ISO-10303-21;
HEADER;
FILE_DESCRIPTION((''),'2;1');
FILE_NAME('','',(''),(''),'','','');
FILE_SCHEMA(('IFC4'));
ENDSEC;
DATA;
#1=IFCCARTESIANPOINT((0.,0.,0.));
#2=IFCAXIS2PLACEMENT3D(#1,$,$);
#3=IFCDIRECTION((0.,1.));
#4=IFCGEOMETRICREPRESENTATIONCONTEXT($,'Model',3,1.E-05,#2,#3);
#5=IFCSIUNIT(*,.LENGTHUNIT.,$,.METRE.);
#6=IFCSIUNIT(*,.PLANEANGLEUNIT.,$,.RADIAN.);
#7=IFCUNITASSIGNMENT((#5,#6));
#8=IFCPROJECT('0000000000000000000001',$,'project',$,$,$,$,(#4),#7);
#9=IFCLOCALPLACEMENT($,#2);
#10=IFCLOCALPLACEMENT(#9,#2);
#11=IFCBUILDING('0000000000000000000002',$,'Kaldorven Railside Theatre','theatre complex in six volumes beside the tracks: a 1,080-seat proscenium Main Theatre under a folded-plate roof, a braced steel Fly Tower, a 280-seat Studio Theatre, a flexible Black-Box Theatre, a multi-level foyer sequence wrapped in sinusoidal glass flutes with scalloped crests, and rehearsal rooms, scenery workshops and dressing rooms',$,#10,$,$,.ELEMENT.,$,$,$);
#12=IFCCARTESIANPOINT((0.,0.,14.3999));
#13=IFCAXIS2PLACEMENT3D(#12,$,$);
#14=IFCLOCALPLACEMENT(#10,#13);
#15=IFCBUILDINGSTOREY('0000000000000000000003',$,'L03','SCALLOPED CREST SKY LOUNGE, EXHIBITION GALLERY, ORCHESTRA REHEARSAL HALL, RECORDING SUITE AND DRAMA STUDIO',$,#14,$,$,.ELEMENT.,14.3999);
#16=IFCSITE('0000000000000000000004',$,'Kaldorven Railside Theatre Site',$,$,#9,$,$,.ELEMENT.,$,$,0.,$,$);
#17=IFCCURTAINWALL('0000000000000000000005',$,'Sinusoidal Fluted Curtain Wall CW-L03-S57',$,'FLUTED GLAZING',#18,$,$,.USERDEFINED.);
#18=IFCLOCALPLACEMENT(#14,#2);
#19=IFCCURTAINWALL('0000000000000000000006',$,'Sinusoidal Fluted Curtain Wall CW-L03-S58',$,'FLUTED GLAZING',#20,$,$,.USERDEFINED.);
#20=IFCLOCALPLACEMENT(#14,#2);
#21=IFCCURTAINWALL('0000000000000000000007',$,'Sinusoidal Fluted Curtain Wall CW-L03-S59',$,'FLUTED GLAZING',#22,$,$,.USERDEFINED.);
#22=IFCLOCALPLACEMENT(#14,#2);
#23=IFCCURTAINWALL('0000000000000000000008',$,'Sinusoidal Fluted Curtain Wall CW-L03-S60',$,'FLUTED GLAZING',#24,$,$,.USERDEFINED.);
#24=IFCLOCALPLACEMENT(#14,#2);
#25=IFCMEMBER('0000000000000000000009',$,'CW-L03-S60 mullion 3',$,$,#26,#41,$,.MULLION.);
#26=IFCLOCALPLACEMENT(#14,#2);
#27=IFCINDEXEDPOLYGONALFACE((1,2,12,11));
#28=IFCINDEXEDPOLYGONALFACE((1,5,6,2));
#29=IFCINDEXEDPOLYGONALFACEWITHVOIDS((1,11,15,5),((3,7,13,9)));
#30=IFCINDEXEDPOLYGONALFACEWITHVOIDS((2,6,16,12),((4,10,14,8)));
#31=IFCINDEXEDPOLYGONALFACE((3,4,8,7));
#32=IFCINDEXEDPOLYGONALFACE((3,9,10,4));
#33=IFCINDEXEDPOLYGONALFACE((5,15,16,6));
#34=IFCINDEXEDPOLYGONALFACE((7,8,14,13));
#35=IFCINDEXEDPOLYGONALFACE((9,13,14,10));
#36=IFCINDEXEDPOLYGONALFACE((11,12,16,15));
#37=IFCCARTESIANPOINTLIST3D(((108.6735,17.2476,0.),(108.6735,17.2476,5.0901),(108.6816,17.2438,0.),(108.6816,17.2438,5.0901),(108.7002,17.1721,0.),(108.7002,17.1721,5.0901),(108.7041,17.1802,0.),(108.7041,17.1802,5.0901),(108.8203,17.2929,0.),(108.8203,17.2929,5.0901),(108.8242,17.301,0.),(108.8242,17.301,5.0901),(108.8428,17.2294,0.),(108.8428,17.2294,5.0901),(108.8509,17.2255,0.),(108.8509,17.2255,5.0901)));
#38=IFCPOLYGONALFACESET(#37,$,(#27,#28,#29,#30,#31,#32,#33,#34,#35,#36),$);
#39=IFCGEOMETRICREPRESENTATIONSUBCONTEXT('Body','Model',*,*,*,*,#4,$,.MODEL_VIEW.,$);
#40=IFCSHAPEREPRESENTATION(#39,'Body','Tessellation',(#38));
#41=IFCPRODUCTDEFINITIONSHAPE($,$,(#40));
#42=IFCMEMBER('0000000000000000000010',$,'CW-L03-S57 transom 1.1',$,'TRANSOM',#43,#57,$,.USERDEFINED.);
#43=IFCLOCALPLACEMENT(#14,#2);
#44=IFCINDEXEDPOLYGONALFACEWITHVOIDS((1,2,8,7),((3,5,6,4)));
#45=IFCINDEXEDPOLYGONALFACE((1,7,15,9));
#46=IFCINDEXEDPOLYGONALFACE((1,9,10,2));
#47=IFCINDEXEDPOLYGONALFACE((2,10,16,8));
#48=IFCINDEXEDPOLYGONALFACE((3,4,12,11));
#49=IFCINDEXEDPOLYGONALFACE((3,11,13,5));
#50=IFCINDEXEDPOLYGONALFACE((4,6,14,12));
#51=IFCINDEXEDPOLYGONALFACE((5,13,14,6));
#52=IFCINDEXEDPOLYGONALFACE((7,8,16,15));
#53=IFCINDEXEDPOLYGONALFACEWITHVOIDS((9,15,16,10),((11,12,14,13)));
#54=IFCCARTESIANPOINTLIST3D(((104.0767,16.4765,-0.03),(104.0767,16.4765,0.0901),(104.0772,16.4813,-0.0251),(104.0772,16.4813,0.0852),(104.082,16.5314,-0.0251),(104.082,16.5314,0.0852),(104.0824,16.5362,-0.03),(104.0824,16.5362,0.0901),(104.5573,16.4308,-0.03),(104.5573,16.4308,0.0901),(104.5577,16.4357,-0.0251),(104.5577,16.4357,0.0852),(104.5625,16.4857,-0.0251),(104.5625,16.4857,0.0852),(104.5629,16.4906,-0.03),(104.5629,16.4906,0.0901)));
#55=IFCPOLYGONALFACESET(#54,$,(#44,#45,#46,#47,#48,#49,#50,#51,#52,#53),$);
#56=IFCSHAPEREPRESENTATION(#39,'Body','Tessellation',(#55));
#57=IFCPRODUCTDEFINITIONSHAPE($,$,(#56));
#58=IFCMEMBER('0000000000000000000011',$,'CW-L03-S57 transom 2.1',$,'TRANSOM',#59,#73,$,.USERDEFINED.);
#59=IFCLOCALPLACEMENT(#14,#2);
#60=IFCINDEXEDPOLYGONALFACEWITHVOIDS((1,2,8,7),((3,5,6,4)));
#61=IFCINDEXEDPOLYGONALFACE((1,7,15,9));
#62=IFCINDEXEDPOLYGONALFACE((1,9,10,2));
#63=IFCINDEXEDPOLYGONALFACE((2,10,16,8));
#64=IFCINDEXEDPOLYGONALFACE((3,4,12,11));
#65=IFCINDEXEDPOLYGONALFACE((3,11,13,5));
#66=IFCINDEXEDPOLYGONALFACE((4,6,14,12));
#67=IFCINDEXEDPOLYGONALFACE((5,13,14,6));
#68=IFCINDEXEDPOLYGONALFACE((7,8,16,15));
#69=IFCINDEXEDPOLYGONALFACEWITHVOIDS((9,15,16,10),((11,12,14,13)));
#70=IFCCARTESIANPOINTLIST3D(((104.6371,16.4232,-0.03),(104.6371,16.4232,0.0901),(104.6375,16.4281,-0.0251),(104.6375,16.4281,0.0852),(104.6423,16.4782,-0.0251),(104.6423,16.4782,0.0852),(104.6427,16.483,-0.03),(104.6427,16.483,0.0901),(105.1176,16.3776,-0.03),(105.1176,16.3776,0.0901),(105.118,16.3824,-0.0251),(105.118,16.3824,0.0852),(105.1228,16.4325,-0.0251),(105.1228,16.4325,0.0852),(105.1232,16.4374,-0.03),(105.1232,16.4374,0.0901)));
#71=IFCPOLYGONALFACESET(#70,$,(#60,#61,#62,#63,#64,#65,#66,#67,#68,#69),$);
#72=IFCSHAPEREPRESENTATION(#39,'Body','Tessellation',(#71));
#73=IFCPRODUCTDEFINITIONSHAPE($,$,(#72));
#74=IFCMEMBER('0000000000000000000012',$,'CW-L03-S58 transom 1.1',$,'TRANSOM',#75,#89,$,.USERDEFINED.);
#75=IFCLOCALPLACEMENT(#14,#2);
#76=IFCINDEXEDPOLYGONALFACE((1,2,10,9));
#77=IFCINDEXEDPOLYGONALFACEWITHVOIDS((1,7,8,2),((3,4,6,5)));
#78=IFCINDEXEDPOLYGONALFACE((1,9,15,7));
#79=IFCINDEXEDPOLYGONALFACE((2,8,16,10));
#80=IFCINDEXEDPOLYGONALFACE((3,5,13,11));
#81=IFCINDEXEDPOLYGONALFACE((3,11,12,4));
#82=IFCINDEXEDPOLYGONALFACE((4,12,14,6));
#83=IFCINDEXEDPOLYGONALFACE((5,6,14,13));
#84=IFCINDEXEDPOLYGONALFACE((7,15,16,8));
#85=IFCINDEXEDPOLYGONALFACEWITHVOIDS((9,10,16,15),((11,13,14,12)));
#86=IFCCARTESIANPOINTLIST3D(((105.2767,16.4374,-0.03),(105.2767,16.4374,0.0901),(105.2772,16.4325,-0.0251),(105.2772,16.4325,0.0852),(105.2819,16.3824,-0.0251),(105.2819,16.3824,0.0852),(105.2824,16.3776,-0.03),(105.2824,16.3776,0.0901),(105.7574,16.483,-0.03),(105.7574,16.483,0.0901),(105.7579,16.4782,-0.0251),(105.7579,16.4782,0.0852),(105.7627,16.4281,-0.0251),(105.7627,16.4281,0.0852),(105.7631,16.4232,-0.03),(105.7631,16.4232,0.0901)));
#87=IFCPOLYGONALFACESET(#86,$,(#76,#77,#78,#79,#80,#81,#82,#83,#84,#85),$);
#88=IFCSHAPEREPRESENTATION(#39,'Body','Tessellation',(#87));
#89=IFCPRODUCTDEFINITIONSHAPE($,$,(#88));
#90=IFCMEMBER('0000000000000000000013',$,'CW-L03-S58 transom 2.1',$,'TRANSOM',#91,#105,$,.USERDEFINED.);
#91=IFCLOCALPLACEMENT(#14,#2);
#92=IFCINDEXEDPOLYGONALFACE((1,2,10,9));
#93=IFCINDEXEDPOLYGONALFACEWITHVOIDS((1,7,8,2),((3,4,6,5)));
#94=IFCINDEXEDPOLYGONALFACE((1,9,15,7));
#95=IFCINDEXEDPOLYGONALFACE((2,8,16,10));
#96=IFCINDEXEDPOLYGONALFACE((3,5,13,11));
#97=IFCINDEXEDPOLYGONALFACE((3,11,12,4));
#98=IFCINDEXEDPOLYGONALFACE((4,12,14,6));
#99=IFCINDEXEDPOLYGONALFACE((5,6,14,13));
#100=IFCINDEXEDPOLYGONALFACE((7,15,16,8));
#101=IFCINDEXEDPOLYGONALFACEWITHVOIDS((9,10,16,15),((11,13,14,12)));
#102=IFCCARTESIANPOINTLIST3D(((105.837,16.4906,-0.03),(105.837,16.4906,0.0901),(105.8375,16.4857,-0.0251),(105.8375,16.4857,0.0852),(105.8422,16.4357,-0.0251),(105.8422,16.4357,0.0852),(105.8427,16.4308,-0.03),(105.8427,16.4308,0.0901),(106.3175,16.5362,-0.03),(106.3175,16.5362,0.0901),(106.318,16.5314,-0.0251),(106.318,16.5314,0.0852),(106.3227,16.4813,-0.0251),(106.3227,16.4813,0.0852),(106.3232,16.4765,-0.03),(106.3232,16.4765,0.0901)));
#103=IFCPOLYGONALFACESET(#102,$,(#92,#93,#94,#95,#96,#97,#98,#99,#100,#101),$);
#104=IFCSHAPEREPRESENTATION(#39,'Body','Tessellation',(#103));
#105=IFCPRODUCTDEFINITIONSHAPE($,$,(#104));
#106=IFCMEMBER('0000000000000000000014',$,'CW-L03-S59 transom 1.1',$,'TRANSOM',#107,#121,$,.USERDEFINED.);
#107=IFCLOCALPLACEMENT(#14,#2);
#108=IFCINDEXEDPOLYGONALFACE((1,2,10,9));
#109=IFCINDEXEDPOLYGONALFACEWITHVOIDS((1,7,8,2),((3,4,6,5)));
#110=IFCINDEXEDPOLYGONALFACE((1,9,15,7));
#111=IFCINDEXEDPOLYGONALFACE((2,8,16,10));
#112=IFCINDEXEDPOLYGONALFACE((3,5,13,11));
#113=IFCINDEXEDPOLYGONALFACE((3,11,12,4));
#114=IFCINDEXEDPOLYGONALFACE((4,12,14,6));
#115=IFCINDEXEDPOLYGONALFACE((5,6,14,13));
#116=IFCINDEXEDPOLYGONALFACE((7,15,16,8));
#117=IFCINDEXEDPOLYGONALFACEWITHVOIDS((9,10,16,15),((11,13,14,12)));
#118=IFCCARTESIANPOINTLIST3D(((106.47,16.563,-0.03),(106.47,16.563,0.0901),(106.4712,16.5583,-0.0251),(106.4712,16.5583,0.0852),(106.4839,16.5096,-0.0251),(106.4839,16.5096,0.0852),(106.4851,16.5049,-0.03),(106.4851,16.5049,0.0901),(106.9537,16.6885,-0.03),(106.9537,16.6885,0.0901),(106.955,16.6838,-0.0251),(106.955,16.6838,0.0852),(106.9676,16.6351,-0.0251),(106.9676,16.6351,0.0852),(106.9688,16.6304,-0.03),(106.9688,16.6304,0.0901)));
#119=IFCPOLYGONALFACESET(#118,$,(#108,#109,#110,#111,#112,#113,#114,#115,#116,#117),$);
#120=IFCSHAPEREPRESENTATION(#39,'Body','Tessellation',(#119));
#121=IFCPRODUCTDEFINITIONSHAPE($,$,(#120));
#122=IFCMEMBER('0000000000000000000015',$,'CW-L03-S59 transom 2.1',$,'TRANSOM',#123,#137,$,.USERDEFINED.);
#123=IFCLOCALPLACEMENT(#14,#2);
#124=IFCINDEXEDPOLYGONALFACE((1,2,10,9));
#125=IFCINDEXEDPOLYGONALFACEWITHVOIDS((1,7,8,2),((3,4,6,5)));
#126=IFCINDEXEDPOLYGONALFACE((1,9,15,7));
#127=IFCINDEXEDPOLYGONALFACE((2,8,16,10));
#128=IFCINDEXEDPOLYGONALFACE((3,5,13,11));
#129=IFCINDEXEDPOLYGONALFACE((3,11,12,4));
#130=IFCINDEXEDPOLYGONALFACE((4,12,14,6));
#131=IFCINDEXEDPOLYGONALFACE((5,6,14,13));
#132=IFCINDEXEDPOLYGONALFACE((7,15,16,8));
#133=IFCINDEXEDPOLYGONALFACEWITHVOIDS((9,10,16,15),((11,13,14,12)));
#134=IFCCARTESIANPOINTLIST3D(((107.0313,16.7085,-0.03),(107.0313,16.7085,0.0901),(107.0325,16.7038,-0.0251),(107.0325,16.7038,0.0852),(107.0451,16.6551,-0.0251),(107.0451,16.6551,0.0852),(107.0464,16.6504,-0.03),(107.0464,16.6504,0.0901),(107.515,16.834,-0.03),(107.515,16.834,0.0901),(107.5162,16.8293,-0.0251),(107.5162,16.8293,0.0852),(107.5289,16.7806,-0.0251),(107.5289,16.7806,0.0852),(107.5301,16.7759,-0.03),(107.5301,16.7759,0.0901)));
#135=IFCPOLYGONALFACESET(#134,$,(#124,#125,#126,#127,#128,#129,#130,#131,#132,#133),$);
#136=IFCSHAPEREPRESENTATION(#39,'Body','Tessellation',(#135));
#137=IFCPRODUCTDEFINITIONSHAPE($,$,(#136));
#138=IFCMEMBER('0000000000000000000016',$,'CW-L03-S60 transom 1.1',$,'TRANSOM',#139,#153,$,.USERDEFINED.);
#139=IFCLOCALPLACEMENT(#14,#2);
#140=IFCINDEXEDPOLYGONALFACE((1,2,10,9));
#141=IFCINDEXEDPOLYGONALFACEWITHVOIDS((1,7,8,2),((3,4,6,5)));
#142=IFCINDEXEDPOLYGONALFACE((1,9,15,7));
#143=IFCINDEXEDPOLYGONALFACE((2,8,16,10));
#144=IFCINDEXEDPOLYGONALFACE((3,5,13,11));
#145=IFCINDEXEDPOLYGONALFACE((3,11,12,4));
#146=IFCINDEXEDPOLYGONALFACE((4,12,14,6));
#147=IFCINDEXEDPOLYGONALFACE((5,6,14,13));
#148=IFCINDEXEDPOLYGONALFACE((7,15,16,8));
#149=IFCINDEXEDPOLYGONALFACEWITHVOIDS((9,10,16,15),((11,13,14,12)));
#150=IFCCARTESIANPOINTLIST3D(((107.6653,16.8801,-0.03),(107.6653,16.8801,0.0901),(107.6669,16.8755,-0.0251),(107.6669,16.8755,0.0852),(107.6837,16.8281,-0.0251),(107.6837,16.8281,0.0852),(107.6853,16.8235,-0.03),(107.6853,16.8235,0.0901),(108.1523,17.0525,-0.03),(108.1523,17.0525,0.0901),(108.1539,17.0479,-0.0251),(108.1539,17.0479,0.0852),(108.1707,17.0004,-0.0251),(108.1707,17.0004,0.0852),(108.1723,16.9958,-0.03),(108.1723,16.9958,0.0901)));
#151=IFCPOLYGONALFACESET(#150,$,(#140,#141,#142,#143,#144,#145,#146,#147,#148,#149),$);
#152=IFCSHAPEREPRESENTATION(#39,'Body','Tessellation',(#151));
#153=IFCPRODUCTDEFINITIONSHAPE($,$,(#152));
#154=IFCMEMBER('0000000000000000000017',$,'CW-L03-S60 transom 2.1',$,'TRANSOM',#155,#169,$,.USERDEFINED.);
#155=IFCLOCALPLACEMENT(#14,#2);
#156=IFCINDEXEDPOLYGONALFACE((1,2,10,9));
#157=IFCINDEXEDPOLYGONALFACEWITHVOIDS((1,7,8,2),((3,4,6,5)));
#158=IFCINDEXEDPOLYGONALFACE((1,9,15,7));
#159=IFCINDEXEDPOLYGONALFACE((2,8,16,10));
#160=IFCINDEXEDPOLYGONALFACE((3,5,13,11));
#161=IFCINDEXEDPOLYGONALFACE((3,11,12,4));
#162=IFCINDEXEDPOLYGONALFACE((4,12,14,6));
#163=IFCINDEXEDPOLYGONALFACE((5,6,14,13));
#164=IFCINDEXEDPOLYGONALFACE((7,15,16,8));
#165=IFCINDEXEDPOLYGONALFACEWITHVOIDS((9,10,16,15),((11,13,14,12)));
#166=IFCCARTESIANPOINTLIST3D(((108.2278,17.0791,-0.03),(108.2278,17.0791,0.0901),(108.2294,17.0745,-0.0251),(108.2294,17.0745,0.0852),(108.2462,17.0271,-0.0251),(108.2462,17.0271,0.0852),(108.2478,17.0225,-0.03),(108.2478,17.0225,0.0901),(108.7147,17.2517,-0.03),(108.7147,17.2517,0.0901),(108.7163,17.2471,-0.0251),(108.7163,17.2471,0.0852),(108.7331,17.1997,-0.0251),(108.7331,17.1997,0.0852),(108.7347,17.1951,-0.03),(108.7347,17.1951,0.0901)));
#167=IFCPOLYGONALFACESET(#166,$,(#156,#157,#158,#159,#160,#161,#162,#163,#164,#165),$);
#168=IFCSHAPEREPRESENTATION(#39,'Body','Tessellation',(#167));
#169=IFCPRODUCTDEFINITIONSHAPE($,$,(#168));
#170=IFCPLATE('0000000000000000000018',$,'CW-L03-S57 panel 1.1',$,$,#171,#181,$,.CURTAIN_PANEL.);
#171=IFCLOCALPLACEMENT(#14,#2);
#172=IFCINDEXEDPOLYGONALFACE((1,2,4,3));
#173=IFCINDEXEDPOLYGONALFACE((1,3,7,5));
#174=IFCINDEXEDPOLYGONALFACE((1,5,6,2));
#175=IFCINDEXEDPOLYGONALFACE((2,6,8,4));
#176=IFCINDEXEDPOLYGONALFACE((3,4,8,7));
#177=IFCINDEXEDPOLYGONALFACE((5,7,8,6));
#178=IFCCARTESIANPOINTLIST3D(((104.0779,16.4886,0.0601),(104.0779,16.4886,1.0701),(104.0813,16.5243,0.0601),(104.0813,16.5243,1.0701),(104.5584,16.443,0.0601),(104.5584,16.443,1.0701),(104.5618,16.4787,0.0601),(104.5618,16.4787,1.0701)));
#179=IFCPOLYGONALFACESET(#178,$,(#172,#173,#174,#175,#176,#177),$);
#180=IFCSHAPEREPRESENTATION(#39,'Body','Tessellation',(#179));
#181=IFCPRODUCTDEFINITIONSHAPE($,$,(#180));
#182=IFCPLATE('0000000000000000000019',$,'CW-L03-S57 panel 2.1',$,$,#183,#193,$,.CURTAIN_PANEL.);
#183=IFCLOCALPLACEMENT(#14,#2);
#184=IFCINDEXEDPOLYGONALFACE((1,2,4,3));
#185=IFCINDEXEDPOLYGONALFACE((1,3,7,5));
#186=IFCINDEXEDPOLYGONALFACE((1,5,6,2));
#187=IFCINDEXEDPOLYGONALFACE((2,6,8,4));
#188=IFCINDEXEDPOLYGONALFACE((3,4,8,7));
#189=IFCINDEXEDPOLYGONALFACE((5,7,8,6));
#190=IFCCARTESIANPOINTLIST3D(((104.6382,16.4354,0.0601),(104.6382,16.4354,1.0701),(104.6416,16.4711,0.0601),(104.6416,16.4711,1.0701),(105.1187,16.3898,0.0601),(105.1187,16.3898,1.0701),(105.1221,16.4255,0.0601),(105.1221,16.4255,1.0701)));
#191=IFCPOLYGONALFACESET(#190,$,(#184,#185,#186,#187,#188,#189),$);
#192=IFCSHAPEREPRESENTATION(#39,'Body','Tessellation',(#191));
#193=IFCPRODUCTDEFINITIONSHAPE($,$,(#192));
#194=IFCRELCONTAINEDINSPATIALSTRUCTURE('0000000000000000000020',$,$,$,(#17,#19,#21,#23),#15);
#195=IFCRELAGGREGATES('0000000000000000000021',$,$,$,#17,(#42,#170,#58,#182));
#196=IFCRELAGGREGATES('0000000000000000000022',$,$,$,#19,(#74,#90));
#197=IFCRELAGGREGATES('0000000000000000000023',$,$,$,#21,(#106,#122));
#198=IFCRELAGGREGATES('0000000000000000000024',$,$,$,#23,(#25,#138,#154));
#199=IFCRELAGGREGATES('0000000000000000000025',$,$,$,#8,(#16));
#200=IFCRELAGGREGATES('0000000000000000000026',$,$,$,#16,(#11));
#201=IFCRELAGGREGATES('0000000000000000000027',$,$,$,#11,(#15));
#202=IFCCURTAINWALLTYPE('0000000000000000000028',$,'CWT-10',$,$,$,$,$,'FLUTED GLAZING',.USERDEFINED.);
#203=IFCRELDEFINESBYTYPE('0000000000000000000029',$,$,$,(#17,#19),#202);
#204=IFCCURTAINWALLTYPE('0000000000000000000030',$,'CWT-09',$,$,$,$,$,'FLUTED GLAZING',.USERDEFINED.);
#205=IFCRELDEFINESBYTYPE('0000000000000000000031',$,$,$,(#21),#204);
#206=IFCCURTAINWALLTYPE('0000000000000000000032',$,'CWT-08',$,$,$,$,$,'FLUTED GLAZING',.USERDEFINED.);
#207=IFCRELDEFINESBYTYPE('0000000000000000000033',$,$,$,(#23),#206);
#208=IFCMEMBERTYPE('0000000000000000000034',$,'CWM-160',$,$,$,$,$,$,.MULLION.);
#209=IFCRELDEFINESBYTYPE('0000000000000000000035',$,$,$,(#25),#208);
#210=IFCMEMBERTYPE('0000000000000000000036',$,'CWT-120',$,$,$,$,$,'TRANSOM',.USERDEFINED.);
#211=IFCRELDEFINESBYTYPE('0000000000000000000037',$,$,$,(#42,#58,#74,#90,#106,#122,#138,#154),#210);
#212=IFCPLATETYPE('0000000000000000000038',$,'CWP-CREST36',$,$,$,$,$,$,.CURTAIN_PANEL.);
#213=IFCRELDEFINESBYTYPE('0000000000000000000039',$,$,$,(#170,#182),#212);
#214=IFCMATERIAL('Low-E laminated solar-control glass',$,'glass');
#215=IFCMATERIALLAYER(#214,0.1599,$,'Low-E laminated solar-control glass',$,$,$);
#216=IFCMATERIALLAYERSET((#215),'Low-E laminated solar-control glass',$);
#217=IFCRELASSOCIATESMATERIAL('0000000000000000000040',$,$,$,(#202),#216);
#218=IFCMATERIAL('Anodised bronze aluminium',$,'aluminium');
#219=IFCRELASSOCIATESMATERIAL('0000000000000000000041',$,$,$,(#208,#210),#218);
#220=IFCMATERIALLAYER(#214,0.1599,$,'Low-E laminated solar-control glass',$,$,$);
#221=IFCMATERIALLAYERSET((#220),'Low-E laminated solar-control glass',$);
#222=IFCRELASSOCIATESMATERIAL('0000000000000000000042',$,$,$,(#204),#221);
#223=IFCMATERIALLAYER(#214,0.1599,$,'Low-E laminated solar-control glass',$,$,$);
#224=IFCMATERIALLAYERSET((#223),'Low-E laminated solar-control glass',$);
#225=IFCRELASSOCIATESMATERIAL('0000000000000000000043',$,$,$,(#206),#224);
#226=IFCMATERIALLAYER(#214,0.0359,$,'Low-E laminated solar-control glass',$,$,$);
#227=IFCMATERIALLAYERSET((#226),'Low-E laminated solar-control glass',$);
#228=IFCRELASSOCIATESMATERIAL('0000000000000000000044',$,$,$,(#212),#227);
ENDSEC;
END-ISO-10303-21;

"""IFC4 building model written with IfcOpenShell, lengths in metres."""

from ifc_helpers import new_model, si_unit, direction, frame, origin, origin_2d, place, context, subcontext, project, spatial, rectangle, hollow_rectangle, extrude, material, layer, layer_set, material_profile, profile_set, type_object, element, aggregate, save


model = new_model("IFC4")

# Units and contexts
model_context = context("Model", 3, precision=1e-05, world=origin(), true_north=direction((0.0, 1.0)))
body_context = subcontext(model_context, "Body", "Model", "MODEL_VIEW")
ifc_project = project(units=[si_unit("LENGTHUNIT", "METRE"), si_unit("PLANEANGLEUNIT", "RADIAN")], contexts=[model_context])

# Site, building, storey
site_placement = place(None, origin())
site = spatial("IfcSite", under=ifc_project, at=site_placement, Name="Kaldorven Railside Theatre Site", CompositionType="ELEMENT", RefElevation=0.0)
building_placement = place(site_placement, origin())
building = spatial("IfcBuilding", under=site, at=building_placement, Name="Kaldorven Railside Theatre", Description="theatre complex in six volumes beside the tracks: a 1,080-seat proscenium Main Theatre under a folded-plate roof, a braced steel Fly Tower, a 280-seat Studio Theatre, a flexible Black-Box Theatre, a multi-level foyer sequence wrapped in sinusoidal glass flutes with scalloped crests, and rehearsal rooms, scenery workshops and dressing rooms", CompositionType="ELEMENT")
storey_placement = place(building_placement, frame((0.0, 0.0, 14.3999)))
storey = spatial("IfcBuildingStorey", under=building, at=storey_placement, Name="L03", Description="SCALLOPED CREST SKY LOUNGE, EXHIBITION GALLERY, ORCHESTRA REHEARSAL HALL, RECORDING SUITE AND DRAMA STUDIO", CompositionType="ELEMENT", Elevation=14.3999)

# Curtain walls, member
ifc_material_1 = material(Name="Low-E laminated solar-control glass", Category="glass")
ifc_layer_1 = layer(ifc_material_1, 0.1599, Name="Low-E laminated solar-control glass")
ifc_layer_set_1 = layer_set([ifc_layer_1], Name="Low-E laminated solar-control glass")
curtain_wall_type_1 = type_object("IfcCurtainWallType", Name="CWT-10", ElementType="FLUTED GLAZING", PredefinedType="USERDEFINED", material=ifc_layer_set_1)
curtain_wall_1_placement = place(storey_placement, origin())
curtain_wall_1 = element("IfcCurtainWall", 1, at=curtain_wall_1_placement, inside=storey, type_object=curtain_wall_type_1, Name="Sinusoidal Fluted Curtain Wall CW-L03-S57", ObjectType="FLUTED GLAZING", PredefinedType="USERDEFINED")
ifc_material_2 = material(Name="Anodised bronze aluminium", Category="aluminium")
ifc_material_profile_1 = material_profile(ifc_material_2, hollow_rectangle(XDim=0.0801, YDim=0.1599, WallThickness=0.0063, at=origin_2d()), Name="RHS 160x80x6.3")
ifc_profile_set_1 = profile_set([ifc_material_profile_1], Name="Anodised bronze aluminium")
member_type_1 = type_object("IfcMemberType", Name="CWM-160", PredefinedType="MULLION", material=ifc_profile_set_1)
curtain_wall_2_placement = place(storey_placement, origin())
curtain_wall_2 = element("IfcCurtainWall", 2, at=curtain_wall_2_placement, inside=storey, type_object=curtain_wall_type_1, Name="Sinusoidal Fluted Curtain Wall CW-L03-S58", ObjectType="FLUTED GLAZING", PredefinedType="USERDEFINED")
ifc_layer_2 = layer(ifc_material_1, 0.1599, Name="Low-E laminated solar-control glass")
ifc_layer_set_2 = layer_set([ifc_layer_2], Name="Low-E laminated solar-control glass")
curtain_wall_type_2 = type_object("IfcCurtainWallType", Name="CWT-09", ElementType="FLUTED GLAZING", PredefinedType="USERDEFINED", material=ifc_layer_set_2)
curtain_wall_3_placement = place(storey_placement, origin())
curtain_wall_3 = element("IfcCurtainWall", 3, at=curtain_wall_3_placement, inside=storey, type_object=curtain_wall_type_2, Name="Sinusoidal Fluted Curtain Wall CW-L03-S59", ObjectType="FLUTED GLAZING", PredefinedType="USERDEFINED")
ifc_layer_3 = layer(ifc_material_1, 0.1599, Name="Low-E laminated solar-control glass")
ifc_layer_set_3 = layer_set([ifc_layer_3], Name="Low-E laminated solar-control glass")
curtain_wall_type_3 = type_object("IfcCurtainWallType", Name="CWT-08", ElementType="FLUTED GLAZING", PredefinedType="USERDEFINED", material=ifc_layer_set_3)
curtain_wall_4_placement = place(storey_placement, origin())
curtain_wall_4 = element("IfcCurtainWall", 4, at=curtain_wall_4_placement, inside=storey, type_object=curtain_wall_type_3, Name="Sinusoidal Fluted Curtain Wall CW-L03-S60", ObjectType="FLUTED GLAZING", PredefinedType="USERDEFINED")
member_1_placement = place(storey_placement, frame((108.7622, 17.2366, 0.0), z_axis=(0.0, 0.0, 1.0), x_axis=(-0.333847, 0.942627, 0.0)))
member_1 = element("IfcMember", 5, at=member_1_placement, type_object=member_type_1, Name="CW-L03-S60 mullion 3", PredefinedType="MULLION", context=body_context, shape_type="SweptSolid", body=[
    extrude(hollow_rectangle(XDim=0.0801, YDim=0.1599, WallThickness=0.0063, at=origin_2d()), origin(), (0.0, 0.0, 1.0), 5.0901),
])

# Members
ifc_material_profile_2 = material_profile(ifc_material_2, hollow_rectangle(XDim=0.0601, YDim=0.1201, WallThickness=0.0049, at=origin_2d()), Name="RHS 120x60x5")
ifc_profile_set_2 = profile_set([ifc_material_profile_2], Name="Anodised bronze aluminium")
member_type_2 = type_object("IfcMemberType", Name="CWT-120", ElementType="TRANSOM", PredefinedType="USERDEFINED", material=ifc_profile_set_2)
member_2_placement = place(storey_placement, frame((104.0796, 16.5063, 0.03), z_axis=(0.995516, -0.094594, 0.0), x_axis=(0.094594, 0.995516, 0.0)))
member_2 = element("IfcMember", 6, at=member_2_placement, type_object=member_type_2, Name="CW-L03-S57 transom 1.1", ObjectType="TRANSOM", PredefinedType="USERDEFINED", context=body_context, shape_type="SweptSolid", body=[
    extrude(hollow_rectangle(XDim=0.0601, YDim=0.1201, WallThickness=0.0049, at=origin_2d()), origin(), (0.0, 0.0, 1.0), 0.4827),
])
member_3_placement = place(storey_placement, frame((104.6399, 16.4531, 0.03), z_axis=(0.995516, -0.094594, 0.0), x_axis=(0.094594, 0.995516, 0.0)))
member_3 = element("IfcMember", 7, at=member_3_placement, type_object=member_type_2, Name="CW-L03-S57 transom 2.1", ObjectType="TRANSOM", PredefinedType="USERDEFINED", context=body_context, shape_type="SweptSolid", body=[
    extrude(hollow_rectangle(XDim=0.0601, YDim=0.1201, WallThickness=0.0049, at=origin_2d()), origin(), (0.0, 0.0, 1.0), 0.4827),
])
member_4_placement = place(storey_placement, frame((105.2795, 16.4075, 0.03), z_axis=(0.99552, 0.094547, 0.0), x_axis=(-0.094547, 0.99552, 0.0)))
member_4 = element("IfcMember", 8, at=member_4_placement, type_object=member_type_2, Name="CW-L03-S58 transom 1.1", ObjectType="TRANSOM", PredefinedType="USERDEFINED", context=body_context, shape_type="SweptSolid", body=[
    extrude(hollow_rectangle(XDim=0.0601, YDim=0.1201, WallThickness=0.0049, at=origin_2d()), origin(), (0.0, 0.0, 1.0), 0.4829),
])
member_5_placement = place(storey_placement, frame((105.8398, 16.4607, 0.03), z_axis=(0.995516, 0.094594, 0.0), x_axis=(-0.094594, 0.995516, 0.0)))
member_5 = element("IfcMember", 9, at=member_5_placement, type_object=member_type_2, Name="CW-L03-S58 transom 2.1", ObjectType="TRANSOM", PredefinedType="USERDEFINED", context=body_context, shape_type="SweptSolid", body=[
    extrude(hollow_rectangle(XDim=0.0601, YDim=0.1201, WallThickness=0.0049, at=origin_2d()), origin(), (0.0, 0.0, 1.0), 0.4827),
])
member_6_placement = place(storey_placement, frame((106.4775, 16.5339, 0.03), z_axis=(0.967949, 0.251149, 0.0), x_axis=(-0.251149, 0.967949, 0.0)))
member_6 = element("IfcMember", 10, at=member_6_placement, type_object=member_type_2, Name="CW-L03-S59 transom 1.1", ObjectType="TRANSOM", PredefinedType="USERDEFINED", context=body_context, shape_type="SweptSolid", body=[
    extrude(hollow_rectangle(XDim=0.0601, YDim=0.1201, WallThickness=0.0049, at=origin_2d()), origin(), (0.0, 0.0, 1.0), 0.4998),
])
member_7_placement = place(storey_placement, frame((107.0388, 16.6794, 0.03), z_axis=(0.967949, 0.251149, 0.0), x_axis=(-0.251149, 0.967949, 0.0)))
member_7 = element("IfcMember", 11, at=member_7_placement, type_object=member_type_2, Name="CW-L03-S59 transom 2.1", ObjectType="TRANSOM", PredefinedType="USERDEFINED", context=body_context, shape_type="SweptSolid", body=[
    extrude(hollow_rectangle(XDim=0.0601, YDim=0.1201, WallThickness=0.0049, at=origin_2d()), origin(), (0.0, 0.0, 1.0), 0.4998),
])
member_8_placement = place(storey_placement, frame((107.6753, 16.8518, 0.03), z_axis=(0.942711, 0.333611, 0.0), x_axis=(-0.333611, 0.942711, 0.0)))
member_8 = element("IfcMember", 12, at=member_8_placement, type_object=member_type_2, Name="CW-L03-S60 transom 1.1", ObjectType="TRANSOM", PredefinedType="USERDEFINED", context=body_context, shape_type="SweptSolid", body=[
    extrude(hollow_rectangle(XDim=0.0601, YDim=0.1201, WallThickness=0.0049, at=origin_2d()), origin(), (0.0, 0.0, 1.0), 0.5166),
])
member_9_placement = place(storey_placement, frame((108.2378, 17.0508, 0.03), z_axis=(0.942509, 0.33418, 0.0), x_axis=(-0.33418, 0.942509, 0.0)))
member_9 = element("IfcMember", 13, at=member_9_placement, type_object=member_type_2, Name="CW-L03-S60 transom 2.1", ObjectType="TRANSOM", PredefinedType="USERDEFINED", context=body_context, shape_type="SweptSolid", body=[
    extrude(hollow_rectangle(XDim=0.0601, YDim=0.1201, WallThickness=0.0049, at=origin_2d()), origin(), (0.0, 0.0, 1.0), 0.5166),
])

# Plates
ifc_layer_4 = layer(ifc_material_1, 0.0359, Name="Low-E laminated solar-control glass")
ifc_layer_set_4 = layer_set([ifc_layer_4], Name="Low-E laminated solar-control glass")
plate_type = type_object("IfcPlateType", Name="CWP-CREST36", PredefinedType="CURTAIN_PANEL", material=ifc_layer_set_4)
plate_1_placement = place(storey_placement, frame((104.3198, 16.4836, 0.0601), z_axis=(0.0, 0.0, 1.0), x_axis=(0.995526, -0.094492, 0.0)))
plate_1 = element("IfcPlate", 14, at=plate_1_placement, type_object=plate_type, Name="CW-L03-S57 panel 1.1", PredefinedType="CURTAIN_PANEL", context=body_context, shape_type="SweptSolid", body=[
    extrude(rectangle(XDim=0.4827, YDim=0.0359, at=origin_2d()), origin(), (0.0, 0.0, 1.0), 1.01),
])
plate_2_placement = place(storey_placement, frame((104.8801, 16.4304, 0.0601), z_axis=(0.0, 0.0, 1.0), x_axis=(0.995526, -0.094492, 0.0)))
plate_2 = element("IfcPlate", 15, at=plate_2_placement, type_object=plate_type, Name="CW-L03-S57 panel 2.1", PredefinedType="CURTAIN_PANEL", context=body_context, shape_type="SweptSolid", body=[
    extrude(rectangle(XDim=0.4827, YDim=0.0359, at=origin_2d()), origin(), (0.0, 0.0, 1.0), 1.01),
])
aggregate(curtain_wall_1, [member_2, plate_1, member_3, plate_2])
aggregate(curtain_wall_2, [member_4, member_5])
aggregate(curtain_wall_3, [member_6, member_7])
aggregate(curtain_wall_4, [member_1, member_8, member_9])

save(model, "model.ifc")
